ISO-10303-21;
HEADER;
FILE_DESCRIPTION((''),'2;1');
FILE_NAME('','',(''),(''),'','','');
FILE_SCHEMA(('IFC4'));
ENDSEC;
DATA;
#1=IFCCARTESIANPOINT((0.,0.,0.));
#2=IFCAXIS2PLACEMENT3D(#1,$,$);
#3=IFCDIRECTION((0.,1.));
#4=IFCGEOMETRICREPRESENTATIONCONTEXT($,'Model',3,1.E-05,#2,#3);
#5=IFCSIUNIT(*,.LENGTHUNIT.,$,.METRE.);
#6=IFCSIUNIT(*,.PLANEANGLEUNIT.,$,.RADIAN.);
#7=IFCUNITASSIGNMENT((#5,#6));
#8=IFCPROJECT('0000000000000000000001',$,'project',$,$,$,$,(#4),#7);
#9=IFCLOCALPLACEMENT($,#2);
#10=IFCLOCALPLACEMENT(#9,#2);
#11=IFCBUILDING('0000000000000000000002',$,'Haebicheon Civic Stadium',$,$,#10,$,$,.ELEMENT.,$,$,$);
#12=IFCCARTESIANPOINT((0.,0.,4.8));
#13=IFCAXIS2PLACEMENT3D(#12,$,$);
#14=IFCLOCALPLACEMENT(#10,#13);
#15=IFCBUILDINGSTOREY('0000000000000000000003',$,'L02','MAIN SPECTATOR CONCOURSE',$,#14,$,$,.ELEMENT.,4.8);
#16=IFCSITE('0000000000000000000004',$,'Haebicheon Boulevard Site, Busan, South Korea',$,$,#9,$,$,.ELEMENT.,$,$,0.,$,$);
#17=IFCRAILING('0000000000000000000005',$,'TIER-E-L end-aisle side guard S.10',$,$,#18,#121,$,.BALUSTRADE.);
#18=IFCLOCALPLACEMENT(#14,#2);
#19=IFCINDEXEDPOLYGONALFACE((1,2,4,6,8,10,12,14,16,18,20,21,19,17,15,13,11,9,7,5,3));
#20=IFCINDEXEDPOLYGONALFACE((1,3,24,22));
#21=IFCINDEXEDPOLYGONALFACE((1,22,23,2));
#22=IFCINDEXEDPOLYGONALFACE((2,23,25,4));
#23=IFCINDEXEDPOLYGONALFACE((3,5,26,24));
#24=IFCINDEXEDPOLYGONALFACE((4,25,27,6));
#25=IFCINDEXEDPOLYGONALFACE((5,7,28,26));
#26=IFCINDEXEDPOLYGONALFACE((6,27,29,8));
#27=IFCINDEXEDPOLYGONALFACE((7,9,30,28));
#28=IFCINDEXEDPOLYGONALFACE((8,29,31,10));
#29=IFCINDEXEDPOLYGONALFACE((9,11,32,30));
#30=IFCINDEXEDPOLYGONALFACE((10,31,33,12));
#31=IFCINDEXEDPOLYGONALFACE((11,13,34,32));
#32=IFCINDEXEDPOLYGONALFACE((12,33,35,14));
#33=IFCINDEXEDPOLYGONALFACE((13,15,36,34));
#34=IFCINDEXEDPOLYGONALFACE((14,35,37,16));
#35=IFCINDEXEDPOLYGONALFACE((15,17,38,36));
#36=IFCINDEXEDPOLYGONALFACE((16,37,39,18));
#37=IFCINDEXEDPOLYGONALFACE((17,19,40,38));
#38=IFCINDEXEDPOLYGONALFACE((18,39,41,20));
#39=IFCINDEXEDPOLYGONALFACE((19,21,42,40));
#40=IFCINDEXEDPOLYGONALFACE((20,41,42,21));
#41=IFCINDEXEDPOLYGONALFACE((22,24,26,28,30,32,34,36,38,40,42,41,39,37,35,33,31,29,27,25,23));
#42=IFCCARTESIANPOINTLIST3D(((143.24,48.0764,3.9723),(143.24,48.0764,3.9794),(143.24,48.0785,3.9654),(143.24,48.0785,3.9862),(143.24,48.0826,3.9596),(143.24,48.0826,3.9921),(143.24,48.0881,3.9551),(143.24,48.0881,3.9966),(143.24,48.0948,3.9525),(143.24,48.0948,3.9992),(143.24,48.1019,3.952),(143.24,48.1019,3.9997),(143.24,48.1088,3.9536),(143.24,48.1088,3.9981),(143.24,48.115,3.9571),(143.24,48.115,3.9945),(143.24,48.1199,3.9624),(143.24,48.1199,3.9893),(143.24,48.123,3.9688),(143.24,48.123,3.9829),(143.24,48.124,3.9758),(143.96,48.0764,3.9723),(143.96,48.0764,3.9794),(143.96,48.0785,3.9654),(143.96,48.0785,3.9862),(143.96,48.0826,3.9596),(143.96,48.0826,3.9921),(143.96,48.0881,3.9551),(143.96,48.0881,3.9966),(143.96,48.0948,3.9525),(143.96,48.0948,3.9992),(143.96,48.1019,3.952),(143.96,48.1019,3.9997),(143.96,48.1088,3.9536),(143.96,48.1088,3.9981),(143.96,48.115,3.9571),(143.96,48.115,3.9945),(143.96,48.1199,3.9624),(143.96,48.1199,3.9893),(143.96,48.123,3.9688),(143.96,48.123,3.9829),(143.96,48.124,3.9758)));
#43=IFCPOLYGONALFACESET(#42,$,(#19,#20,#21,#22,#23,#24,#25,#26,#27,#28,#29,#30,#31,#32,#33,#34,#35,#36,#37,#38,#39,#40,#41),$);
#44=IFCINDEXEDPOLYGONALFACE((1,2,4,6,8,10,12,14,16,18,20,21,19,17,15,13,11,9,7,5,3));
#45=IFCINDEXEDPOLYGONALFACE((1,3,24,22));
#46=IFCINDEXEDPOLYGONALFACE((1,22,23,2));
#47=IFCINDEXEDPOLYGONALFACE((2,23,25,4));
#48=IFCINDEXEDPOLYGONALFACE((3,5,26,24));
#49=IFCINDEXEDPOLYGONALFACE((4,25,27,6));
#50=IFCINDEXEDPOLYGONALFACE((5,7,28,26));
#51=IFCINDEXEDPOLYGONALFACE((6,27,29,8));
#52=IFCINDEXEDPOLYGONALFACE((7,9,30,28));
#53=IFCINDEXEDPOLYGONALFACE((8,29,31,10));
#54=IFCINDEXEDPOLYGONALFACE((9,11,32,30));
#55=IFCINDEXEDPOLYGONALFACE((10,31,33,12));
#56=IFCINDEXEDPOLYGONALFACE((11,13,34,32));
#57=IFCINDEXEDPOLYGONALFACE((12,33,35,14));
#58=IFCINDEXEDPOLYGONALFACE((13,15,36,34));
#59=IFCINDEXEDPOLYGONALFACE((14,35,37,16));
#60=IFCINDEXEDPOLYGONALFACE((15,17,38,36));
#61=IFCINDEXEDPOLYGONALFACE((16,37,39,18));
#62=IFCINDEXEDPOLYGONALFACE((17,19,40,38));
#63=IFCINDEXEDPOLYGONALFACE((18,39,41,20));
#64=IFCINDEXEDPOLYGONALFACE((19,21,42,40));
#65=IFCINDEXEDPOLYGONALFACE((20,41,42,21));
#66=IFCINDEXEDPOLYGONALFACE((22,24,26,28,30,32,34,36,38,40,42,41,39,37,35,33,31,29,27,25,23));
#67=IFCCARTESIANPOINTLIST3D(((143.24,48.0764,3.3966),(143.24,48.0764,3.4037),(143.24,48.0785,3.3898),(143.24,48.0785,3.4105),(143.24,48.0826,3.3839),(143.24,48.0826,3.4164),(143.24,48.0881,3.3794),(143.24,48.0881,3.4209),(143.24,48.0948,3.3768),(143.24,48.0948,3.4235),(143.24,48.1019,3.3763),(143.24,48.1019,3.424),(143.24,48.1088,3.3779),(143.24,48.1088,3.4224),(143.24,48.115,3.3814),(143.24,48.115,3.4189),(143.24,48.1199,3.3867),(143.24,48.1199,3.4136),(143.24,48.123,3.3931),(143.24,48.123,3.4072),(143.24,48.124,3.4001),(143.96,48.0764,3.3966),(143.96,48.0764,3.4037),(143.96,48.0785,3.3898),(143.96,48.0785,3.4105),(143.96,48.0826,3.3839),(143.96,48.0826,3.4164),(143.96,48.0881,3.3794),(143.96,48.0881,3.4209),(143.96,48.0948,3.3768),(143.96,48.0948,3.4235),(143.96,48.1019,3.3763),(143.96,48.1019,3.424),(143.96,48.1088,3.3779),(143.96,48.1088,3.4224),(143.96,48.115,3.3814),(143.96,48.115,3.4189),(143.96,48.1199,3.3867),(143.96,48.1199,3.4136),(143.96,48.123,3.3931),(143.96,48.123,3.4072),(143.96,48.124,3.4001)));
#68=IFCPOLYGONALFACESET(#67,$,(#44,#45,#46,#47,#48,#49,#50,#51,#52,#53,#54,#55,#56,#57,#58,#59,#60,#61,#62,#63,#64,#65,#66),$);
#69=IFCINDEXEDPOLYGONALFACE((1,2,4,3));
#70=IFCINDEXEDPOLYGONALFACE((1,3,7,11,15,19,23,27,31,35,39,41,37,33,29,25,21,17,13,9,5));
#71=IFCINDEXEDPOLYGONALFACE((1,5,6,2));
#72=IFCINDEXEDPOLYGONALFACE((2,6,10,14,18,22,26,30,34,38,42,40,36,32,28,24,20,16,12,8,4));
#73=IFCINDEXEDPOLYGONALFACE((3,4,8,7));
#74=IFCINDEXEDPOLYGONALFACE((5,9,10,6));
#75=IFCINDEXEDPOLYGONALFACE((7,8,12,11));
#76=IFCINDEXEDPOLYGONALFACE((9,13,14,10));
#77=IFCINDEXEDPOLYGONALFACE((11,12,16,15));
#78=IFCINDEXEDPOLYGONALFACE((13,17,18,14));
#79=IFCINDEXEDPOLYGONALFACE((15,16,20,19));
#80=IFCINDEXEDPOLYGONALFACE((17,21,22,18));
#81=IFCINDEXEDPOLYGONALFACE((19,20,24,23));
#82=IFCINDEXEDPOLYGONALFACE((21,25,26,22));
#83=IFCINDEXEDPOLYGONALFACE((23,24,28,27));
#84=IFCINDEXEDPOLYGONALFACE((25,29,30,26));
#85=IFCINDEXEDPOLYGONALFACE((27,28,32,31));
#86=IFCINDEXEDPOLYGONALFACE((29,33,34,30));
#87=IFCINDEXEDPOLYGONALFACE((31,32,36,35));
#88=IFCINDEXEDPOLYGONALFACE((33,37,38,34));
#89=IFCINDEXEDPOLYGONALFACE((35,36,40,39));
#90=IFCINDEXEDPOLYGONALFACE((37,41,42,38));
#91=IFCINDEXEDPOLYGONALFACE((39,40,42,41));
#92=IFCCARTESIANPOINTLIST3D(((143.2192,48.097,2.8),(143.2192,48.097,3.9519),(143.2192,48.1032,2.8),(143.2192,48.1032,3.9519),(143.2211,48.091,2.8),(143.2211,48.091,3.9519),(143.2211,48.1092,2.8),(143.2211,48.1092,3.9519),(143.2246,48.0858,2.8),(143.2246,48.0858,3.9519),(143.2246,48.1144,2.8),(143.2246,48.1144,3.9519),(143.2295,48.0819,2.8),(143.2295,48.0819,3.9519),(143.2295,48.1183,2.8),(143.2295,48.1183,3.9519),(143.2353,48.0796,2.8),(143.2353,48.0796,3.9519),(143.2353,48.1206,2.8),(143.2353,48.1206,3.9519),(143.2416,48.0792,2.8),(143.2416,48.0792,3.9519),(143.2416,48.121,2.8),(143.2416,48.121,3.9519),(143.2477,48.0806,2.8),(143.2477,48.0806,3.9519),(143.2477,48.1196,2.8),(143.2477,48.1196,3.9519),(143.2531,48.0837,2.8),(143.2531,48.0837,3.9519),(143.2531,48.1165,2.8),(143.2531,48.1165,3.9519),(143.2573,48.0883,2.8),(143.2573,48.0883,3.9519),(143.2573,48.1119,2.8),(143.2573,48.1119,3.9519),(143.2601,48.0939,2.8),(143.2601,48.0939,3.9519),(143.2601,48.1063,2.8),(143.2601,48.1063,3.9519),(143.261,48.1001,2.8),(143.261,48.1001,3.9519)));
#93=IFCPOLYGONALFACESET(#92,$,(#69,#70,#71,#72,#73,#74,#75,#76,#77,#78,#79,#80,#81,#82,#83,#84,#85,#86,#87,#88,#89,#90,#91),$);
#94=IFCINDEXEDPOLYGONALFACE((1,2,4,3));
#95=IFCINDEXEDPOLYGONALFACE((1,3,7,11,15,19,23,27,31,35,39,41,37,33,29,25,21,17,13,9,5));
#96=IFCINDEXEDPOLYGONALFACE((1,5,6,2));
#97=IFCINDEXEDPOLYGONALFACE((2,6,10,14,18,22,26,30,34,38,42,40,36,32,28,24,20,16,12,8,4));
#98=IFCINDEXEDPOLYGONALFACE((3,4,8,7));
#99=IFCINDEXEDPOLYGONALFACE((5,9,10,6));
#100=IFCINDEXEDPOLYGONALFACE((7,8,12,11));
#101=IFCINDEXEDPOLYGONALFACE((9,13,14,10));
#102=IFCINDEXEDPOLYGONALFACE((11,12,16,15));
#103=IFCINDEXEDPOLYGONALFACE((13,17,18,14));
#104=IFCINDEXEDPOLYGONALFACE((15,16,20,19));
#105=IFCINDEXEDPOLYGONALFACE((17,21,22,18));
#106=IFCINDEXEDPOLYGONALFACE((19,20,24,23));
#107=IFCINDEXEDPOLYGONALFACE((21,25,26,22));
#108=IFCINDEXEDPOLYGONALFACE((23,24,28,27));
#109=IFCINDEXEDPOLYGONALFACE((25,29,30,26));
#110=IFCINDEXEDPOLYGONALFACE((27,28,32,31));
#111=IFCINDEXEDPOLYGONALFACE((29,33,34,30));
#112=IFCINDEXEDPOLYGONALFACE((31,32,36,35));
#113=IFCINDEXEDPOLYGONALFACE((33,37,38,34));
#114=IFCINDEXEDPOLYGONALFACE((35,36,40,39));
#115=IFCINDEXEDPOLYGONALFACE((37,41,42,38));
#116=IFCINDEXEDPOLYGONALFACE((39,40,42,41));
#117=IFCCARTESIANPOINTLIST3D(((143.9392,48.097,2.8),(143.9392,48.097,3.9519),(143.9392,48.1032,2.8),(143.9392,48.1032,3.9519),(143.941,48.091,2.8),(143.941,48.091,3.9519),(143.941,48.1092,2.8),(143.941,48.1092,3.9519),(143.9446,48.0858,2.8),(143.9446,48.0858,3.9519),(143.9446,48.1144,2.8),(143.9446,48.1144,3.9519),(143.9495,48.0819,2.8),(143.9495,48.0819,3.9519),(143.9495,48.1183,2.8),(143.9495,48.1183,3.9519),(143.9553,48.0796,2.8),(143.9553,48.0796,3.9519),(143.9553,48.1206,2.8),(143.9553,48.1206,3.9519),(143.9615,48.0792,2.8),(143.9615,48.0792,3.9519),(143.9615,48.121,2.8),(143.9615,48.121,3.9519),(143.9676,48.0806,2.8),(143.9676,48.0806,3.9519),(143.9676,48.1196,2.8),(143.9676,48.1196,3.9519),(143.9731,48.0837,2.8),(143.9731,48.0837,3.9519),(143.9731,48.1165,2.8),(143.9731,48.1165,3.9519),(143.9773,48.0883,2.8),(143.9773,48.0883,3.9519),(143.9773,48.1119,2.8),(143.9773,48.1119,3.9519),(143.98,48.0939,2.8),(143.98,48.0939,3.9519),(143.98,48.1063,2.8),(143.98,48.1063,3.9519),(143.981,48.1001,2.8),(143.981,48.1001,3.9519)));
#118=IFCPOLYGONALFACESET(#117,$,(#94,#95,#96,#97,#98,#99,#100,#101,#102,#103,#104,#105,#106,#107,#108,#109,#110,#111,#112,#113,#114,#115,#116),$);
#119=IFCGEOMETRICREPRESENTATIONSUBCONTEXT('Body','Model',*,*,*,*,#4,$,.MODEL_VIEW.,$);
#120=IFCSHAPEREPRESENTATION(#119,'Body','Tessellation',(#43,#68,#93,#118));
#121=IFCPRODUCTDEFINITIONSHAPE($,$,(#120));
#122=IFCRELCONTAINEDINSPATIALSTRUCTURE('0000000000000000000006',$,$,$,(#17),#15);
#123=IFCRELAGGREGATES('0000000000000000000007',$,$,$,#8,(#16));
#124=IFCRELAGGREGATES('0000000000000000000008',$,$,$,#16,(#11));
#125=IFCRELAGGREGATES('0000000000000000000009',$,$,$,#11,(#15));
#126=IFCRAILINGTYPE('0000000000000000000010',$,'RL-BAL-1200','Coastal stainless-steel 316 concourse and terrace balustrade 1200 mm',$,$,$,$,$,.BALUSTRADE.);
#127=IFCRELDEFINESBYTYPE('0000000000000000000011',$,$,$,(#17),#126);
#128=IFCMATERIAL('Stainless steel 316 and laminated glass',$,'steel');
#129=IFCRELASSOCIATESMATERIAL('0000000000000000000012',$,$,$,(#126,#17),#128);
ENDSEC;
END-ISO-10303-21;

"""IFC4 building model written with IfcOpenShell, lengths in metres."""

from ifc_helpers import new_model, si_unit, direction, frame, origin, origin_2d, place, context, subcontext, project, spatial, circle, extrude, material, type_object, element, save


model = new_model("IFC4")

# Units and contexts
model_context = context("Model", 3, precision=1e-05, world=origin(), true_north=direction((0.0, 1.0)))
body_context = subcontext(model_context, "Body", "Model", "MODEL_VIEW")
ifc_project = project(units=[si_unit("LENGTHUNIT", "METRE"), si_unit("PLANEANGLEUNIT", "RADIAN")], contexts=[model_context])

# Site, building, storey
site_placement = place(None, origin())
site = spatial("IfcSite", under=ifc_project, at=site_placement, Name="Haebicheon Boulevard Site, Busan, South Korea", CompositionType="ELEMENT", RefElevation=0.0)
building_placement = place(site_placement, origin())
building = spatial("IfcBuilding", under=site, at=building_placement, Name="Haebicheon Civic Stadium", CompositionType="ELEMENT")
storey_placement = place(building_placement, frame((0.0, 0.0, 4.8)))
storey = spatial("IfcBuildingStorey", under=building, at=storey_placement, Name="L02", Description="MAIN SPECTATOR CONCOURSE", CompositionType="ELEMENT", Elevation=4.8)

# Railing
ifc_material_1 = material(Name="Stainless steel 316 and laminated glass", Category="steel")
railing_type = type_object("IfcRailingType", Name="RL-BAL-1200", Description="Coastal stainless-steel 316 concourse and terrace balustrade 1200 mm", PredefinedType="BALUSTRADE", material=ifc_material_1)
for number, where, name in (
    (1, (143.24, 48.1001, 2.8), "TIER-E-L end-aisle side guard S.10"),
):
    element("IfcRailing", number, at=place(storey_placement, frame(where)), inside=storey, type_object=railing_type, material=ifc_material_1, Name=name, PredefinedType="BALUSTRADE", context=body_context, shape_type="SweptSolid", body=[
        extrude(circle(Radius=0.0239, at=origin_2d()), frame((0.0, 0.0, 1.1758), z_axis=(1.0, 0.0, 0.0), x_axis=(0.0, 1.0, 0.0)), (0.0, 0.0, 1.0), 0.72),
        extrude(circle(Radius=0.0239, at=origin_2d()), frame((0.0, 0.0, 0.6001), z_axis=(1.0, 0.0, 0.0), x_axis=(0.0, 1.0, 0.0)), (0.0, 0.0, 1.0), 0.72),
        extrude(circle(Radius=0.021, at=origin_2d()), origin(), (0.0, 0.0, 1.0), 1.1519),
        extrude(circle(Radius=0.021, at=origin_2d()), frame((0.72, 0.0, 0.0)), (0.0, 0.0, 1.0), 1.1519),
    ])

save(model, "model.ifc")
